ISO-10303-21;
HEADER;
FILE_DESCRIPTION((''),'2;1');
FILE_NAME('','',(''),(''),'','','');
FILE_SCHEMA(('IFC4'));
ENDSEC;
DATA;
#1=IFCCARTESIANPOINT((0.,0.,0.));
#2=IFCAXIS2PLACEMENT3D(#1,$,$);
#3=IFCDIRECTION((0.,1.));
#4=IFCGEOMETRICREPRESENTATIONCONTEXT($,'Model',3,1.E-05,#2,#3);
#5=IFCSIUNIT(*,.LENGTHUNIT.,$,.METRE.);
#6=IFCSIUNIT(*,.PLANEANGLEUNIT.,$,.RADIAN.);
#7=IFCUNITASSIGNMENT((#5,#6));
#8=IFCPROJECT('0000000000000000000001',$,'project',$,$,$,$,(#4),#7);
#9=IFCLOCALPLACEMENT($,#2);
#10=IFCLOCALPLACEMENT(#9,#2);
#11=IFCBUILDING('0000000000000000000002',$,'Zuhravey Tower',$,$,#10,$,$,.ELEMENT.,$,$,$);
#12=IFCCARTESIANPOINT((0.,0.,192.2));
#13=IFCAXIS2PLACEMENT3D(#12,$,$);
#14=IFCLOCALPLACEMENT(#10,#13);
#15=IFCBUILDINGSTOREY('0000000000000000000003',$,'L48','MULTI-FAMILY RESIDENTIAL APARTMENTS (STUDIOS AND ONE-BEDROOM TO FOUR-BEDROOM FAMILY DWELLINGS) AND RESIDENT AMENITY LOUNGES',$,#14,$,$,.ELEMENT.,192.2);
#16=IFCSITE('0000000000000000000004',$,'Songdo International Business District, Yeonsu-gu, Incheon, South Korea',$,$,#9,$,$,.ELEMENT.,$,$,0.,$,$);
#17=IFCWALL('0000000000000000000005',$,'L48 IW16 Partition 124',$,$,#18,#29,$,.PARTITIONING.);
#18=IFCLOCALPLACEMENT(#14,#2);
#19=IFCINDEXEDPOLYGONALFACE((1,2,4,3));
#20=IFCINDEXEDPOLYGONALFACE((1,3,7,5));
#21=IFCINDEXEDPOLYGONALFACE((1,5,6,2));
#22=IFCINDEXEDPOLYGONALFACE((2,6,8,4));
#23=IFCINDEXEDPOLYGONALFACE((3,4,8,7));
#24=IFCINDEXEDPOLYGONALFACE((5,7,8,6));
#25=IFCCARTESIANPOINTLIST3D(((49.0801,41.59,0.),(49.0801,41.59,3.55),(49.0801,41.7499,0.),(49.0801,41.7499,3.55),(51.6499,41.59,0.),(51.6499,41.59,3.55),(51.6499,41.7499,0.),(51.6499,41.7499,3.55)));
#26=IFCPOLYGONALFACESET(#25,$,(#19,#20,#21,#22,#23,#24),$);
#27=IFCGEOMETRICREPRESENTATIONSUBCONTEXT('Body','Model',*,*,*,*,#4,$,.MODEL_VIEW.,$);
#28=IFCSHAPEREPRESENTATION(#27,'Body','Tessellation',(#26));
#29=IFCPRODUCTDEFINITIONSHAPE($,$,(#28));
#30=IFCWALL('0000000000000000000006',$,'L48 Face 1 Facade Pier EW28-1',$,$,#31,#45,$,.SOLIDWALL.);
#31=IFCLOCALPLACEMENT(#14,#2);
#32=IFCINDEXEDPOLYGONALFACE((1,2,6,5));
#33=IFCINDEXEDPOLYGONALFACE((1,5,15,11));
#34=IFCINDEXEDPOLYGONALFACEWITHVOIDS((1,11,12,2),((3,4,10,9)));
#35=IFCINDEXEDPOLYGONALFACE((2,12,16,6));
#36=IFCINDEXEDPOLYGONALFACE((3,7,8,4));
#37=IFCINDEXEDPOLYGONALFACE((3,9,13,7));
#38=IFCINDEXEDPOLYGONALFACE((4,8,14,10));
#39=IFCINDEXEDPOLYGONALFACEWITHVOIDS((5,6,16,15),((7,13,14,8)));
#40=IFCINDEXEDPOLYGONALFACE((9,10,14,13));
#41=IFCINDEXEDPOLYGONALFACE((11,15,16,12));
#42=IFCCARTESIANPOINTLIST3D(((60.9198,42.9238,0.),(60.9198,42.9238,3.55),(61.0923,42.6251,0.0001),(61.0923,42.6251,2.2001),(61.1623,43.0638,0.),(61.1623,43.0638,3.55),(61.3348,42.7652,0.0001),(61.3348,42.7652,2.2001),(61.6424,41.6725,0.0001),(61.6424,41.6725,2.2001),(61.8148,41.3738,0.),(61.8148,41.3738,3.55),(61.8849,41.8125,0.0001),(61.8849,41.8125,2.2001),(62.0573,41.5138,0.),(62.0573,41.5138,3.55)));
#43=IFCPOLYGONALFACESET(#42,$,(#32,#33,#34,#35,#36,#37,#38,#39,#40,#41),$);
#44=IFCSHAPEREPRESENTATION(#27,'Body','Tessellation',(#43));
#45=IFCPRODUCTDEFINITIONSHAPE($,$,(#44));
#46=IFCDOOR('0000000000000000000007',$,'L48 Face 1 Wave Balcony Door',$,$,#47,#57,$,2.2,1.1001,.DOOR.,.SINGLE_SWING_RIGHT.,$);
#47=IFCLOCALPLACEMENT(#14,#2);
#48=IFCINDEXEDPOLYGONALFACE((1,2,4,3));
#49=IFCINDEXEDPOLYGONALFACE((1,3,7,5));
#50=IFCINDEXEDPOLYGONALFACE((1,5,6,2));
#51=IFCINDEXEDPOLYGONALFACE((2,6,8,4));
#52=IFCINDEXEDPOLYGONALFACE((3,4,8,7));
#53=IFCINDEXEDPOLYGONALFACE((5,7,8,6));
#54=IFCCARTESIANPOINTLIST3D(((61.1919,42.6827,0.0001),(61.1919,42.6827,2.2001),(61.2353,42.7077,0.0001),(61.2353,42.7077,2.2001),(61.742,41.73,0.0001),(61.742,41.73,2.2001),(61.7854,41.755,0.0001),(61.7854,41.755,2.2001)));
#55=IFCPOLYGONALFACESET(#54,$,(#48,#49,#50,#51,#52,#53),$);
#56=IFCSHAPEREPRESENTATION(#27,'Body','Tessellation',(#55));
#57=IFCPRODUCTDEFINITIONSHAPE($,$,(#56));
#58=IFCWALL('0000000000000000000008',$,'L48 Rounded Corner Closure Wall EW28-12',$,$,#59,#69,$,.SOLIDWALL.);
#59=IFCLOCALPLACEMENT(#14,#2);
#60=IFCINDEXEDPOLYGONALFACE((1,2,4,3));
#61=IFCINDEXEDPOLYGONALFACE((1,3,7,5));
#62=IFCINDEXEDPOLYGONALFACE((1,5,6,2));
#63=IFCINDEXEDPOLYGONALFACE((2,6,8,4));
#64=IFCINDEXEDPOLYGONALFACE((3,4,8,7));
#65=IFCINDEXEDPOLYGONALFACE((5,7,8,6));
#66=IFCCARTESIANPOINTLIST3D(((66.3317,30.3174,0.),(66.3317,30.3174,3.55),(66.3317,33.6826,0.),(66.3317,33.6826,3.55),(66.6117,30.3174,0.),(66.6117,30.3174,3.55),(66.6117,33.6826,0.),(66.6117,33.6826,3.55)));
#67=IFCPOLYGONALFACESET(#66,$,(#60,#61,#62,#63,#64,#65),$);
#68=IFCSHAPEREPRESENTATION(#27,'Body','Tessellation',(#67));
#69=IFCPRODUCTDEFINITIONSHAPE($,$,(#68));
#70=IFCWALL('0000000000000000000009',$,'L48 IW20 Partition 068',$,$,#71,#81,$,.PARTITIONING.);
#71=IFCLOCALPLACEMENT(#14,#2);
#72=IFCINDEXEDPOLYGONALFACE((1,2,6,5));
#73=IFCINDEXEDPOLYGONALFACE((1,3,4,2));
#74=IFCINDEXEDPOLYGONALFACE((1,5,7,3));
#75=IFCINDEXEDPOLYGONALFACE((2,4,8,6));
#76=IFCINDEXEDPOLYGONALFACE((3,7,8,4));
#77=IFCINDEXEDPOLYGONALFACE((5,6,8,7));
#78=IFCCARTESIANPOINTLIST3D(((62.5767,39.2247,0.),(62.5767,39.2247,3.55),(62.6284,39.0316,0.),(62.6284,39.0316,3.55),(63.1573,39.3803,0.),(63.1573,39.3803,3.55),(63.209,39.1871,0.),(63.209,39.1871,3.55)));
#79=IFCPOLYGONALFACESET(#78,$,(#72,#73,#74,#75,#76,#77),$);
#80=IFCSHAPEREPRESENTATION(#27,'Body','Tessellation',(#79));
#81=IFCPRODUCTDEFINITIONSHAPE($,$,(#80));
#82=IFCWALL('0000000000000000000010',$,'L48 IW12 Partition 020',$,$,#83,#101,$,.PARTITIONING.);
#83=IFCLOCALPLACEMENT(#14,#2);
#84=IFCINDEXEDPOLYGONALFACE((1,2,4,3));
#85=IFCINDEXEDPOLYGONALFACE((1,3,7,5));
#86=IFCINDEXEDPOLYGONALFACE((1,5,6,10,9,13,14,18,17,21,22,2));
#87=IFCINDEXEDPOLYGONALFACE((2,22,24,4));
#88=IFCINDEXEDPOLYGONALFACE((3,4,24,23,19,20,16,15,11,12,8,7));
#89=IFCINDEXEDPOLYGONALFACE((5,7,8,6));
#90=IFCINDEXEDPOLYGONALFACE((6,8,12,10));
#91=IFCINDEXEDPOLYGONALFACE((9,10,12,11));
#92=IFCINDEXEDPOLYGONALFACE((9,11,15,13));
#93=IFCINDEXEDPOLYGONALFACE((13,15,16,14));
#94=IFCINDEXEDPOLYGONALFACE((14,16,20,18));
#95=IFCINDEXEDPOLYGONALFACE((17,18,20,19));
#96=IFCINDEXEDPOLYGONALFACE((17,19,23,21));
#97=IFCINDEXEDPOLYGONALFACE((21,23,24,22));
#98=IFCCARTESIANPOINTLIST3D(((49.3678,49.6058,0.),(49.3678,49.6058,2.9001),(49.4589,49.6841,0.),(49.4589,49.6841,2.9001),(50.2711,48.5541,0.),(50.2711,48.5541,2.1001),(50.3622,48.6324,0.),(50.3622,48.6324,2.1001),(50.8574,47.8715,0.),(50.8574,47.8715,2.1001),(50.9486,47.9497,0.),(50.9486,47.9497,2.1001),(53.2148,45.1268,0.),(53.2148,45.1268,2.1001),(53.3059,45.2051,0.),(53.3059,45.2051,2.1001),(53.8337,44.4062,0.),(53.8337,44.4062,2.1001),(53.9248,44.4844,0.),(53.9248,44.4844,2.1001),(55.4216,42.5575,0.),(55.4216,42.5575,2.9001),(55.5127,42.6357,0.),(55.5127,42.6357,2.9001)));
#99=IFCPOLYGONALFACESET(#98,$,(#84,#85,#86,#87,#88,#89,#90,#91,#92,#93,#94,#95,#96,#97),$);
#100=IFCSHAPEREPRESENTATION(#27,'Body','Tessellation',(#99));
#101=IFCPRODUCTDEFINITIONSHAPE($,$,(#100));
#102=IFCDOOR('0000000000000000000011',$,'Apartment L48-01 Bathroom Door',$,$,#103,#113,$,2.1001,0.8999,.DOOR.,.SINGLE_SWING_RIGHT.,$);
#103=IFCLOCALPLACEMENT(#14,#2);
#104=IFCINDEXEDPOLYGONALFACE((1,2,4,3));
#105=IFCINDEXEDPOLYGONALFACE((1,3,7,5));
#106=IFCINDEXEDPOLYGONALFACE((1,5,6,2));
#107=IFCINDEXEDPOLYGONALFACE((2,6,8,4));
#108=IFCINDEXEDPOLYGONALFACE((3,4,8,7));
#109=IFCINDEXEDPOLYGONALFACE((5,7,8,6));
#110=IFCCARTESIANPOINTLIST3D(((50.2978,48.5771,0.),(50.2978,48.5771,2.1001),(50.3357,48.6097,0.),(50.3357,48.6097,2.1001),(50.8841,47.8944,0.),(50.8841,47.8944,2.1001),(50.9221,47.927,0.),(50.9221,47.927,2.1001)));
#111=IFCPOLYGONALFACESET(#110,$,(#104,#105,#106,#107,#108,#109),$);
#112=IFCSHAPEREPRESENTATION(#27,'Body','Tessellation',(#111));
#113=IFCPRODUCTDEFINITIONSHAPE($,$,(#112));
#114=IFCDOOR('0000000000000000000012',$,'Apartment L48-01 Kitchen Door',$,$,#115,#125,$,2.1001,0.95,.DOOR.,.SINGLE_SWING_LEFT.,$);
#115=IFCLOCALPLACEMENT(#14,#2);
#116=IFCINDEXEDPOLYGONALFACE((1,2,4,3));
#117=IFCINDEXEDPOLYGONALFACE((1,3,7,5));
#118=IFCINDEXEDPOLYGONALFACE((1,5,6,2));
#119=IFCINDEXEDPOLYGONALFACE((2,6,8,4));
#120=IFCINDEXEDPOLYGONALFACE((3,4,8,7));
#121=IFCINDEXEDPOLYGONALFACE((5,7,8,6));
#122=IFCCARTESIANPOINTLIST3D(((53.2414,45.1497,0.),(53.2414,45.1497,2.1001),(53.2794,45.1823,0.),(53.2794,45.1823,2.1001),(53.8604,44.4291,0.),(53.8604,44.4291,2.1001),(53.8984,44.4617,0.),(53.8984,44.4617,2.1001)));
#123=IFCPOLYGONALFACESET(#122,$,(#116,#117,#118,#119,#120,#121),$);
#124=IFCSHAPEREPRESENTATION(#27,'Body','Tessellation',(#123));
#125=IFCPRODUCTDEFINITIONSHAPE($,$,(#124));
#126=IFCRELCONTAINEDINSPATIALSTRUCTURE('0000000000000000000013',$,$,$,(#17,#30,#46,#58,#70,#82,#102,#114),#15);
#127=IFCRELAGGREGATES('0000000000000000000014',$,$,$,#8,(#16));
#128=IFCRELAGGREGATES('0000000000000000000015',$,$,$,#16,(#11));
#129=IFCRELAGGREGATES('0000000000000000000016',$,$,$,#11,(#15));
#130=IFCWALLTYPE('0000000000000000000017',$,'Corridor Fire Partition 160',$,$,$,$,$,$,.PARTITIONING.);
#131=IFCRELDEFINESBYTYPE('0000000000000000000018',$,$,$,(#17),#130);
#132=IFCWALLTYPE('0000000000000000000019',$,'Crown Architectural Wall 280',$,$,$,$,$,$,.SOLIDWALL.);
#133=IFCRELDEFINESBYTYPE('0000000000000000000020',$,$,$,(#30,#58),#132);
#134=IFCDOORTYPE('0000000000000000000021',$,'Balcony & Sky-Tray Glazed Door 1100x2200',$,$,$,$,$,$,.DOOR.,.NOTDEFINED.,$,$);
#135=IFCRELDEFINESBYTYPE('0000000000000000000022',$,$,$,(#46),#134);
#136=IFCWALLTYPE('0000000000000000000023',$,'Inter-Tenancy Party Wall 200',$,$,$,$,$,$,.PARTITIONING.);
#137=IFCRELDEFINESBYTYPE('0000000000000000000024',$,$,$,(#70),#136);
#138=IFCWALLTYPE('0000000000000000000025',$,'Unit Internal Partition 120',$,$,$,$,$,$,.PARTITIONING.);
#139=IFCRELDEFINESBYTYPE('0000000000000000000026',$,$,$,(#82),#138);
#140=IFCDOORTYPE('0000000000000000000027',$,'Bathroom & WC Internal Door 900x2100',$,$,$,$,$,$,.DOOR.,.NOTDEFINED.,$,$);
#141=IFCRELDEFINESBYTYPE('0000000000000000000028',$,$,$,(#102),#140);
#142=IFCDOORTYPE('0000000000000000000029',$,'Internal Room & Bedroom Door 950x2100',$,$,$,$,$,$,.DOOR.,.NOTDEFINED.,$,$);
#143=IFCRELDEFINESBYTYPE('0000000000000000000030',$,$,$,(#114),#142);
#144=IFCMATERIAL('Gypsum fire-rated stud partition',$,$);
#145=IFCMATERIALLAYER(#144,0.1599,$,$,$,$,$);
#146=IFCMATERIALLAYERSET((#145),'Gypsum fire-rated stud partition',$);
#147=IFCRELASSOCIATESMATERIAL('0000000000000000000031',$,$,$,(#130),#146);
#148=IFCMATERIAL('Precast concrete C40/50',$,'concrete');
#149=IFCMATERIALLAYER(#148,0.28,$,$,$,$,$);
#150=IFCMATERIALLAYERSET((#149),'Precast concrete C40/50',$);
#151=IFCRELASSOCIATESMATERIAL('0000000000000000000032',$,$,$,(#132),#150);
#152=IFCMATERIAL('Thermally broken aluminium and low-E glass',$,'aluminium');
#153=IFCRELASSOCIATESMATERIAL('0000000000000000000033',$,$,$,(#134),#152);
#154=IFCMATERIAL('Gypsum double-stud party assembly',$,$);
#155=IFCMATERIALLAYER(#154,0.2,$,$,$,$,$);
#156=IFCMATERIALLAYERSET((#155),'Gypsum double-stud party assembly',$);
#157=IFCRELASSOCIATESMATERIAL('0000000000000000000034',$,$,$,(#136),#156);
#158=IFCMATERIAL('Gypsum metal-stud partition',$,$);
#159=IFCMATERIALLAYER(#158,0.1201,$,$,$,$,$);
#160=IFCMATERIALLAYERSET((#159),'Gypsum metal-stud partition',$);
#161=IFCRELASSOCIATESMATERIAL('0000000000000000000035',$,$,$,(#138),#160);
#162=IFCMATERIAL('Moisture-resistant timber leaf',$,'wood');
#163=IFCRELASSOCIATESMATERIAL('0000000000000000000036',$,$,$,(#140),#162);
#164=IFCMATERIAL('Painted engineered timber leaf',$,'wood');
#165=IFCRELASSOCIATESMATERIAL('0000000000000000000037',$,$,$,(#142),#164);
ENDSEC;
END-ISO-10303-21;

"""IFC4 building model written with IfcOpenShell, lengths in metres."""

from ifc_helpers import new_model, si_unit, direction, frame, frame_2d, origin, place, context, subcontext, project, spatial, rectangle, extrude, material, layer, layer_set, type_object, element, fill, save


model = new_model("IFC4")

# Units and contexts
model_context = context("Model", 3, precision=1e-05, world=origin(), true_north=direction((0.0, 1.0)))
body_context = subcontext(model_context, "Body", "Model", "MODEL_VIEW")
ifc_project = project(units=[si_unit("LENGTHUNIT", "METRE"), si_unit("PLANEANGLEUNIT", "RADIAN")], contexts=[model_context])

# Site, building, storey
site_placement = place(None, origin())
site = spatial("IfcSite", under=ifc_project, at=site_placement, Name="Songdo International Business District, Yeonsu-gu, Incheon, South Korea", CompositionType="ELEMENT", RefElevation=0.0)
building_placement = place(site_placement, origin())
building = spatial("IfcBuilding", under=site, at=building_placement, Name="Zuhravey Tower", CompositionType="ELEMENT")
storey_placement = place(building_placement, frame((0.0, 0.0, 192.2)))
storey = spatial("IfcBuildingStorey", under=building, at=storey_placement, Name="L48", Description="MULTI-FAMILY RESIDENTIAL APARTMENTS (STUDIOS AND ONE-BEDROOM TO FOUR-BEDROOM FAMILY DWELLINGS) AND RESIDENT AMENITY LOUNGES", CompositionType="ELEMENT", Elevation=192.2)

# Wall
ifc_material_1 = material(Name="Gypsum fire-rated stud partition")
ifc_layer_1 = layer(ifc_material_1, 0.1599)
ifc_layer_set_1 = layer_set([ifc_layer_1], Name="Gypsum fire-rated stud partition")
wall_type_1 = type_object("IfcWallType", Name="Corridor Fire Partition 160", PredefinedType="PARTITIONING", material=ifc_layer_set_1)
wall_1_placement = place(storey_placement, frame((49.0801, 41.6699, 0.0), z_axis=(0.0, 0.0, 1.0), x_axis=(1.0, 0.0, 0.0)))
element("IfcWall", 1, at=wall_1_placement, inside=storey, type_object=wall_type_1, Name="L48 IW16 Partition 124", PredefinedType="PARTITIONING", context=body_context, shape_type="SweptSolid", body=[
    extrude(rectangle(XDim=2.5698, YDim=0.1599, at=frame_2d((1.2849, 0.0))), origin(), (0.0, 0.0, 1.0), 3.55),
])

# Wall, opening, door
ifc_material_2 = material(Name="Precast concrete C40/50", Category="concrete")
ifc_layer_2 = layer(ifc_material_2, 0.28)
ifc_layer_set_2 = layer_set([ifc_layer_2], Name="Precast concrete C40/50")
wall_type_2 = type_object("IfcWallType", Name="Crown Architectural Wall 280", PredefinedType="SOLIDWALL", material=ifc_layer_set_2)
wall_2_placement = place(storey_placement, frame((61.041, 42.9939, 0.0), z_axis=(0.0, 0.0, 1.0), x_axis=(0.500041, -0.866002, 0.0)))
wall_2 = element("IfcWall", 2, at=wall_2_placement, inside=storey, type_object=wall_type_2, Name="L48 Face 1 Facade Pier EW28-1", PredefinedType="SOLIDWALL", context=body_context, shape_type="SweptSolid", body=[
    extrude(rectangle(XDim=1.7898, YDim=0.28, at=frame_2d((0.895, 0.0))), origin(), (0.0, 0.0, 1.0), 3.55),
])
opening_1_placement = place(wall_2_placement, frame((0.345, 0.0, 0.0)))
opening_1 = element("IfcOpeningElement", 3, at=opening_1_placement, cuts=wall_2, PredefinedType="OPENING", context=body_context, shape_type="SweptSolid", body=[
    extrude(rectangle(XDim=1.1001, YDim=2.2, at=frame_2d((0.55, 1.1001))), frame((0.0, 0.1521, 0.0), z_axis=(0.0, -1.0, 0.0), x_axis=(1.0, 0.0, 0.0)), (0.0, 0.0, 1.0), 0.304),
])
ifc_material_3 = material(Name="Thermally broken aluminium and low-E glass", Category="aluminium")
door_type_1 = type_object("IfcDoorType", Name="Balcony & Sky-Tray Glazed Door 1100x2200", OperationType="NOTDEFINED", PredefinedType="DOOR", material=ifc_material_3)
door_1_placement = place(opening_1_placement, frame((1.1001, 0.0, 0.0), z_axis=(0.0, 0.0, 1.0), x_axis=(-1.0, 0.0, 0.0)))
door_1 = element("IfcDoor", 4, at=door_1_placement, inside=storey, type_object=door_type_1, Name="L48 Face 1 Wave Balcony Door", OperationType="SINGLE_SWING_RIGHT", OverallHeight=2.2, OverallWidth=1.1001, PredefinedType="DOOR", context=body_context, shape_type="SweptSolid", body=[
    extrude(rectangle(XDim=1.1001, YDim=2.2, at=frame_2d((0.55, 1.1001))), frame((0.0, 0.0249, 0.0), z_axis=(0.0, -1.0, 0.0), x_axis=(1.0, 0.0, 0.0)), (0.0, 0.0, 1.0), 0.05),
])
fill(opening_1, door_1)

# Walls
wall_3_placement = place(storey_placement, frame((66.4717, 33.6826, 0.0), z_axis=(0.0, 0.0, 1.0), x_axis=(0.0, -1.0, 0.0)))
element("IfcWall", 5, at=wall_3_placement, inside=storey, type_object=wall_type_2, Name="L48 Rounded Corner Closure Wall EW28-12", PredefinedType="SOLIDWALL", context=body_context, shape_type="SweptSolid", body=[
    extrude(rectangle(XDim=3.3652, YDim=0.28, at=frame_2d((1.6826, 0.0))), origin(), (0.0, 0.0, 1.0), 3.55),
])
ifc_material_4 = material(Name="Gypsum double-stud party assembly")
ifc_layer_3 = layer(ifc_material_4, 0.2)
ifc_layer_set_3 = layer_set([ifc_layer_3], Name="Gypsum double-stud party assembly")
wall_type_3 = type_object("IfcWallType", Name="Inter-Tenancy Party Wall 200", PredefinedType="PARTITIONING", material=ifc_layer_set_3)
wall_4_placement = place(storey_placement, frame((62.6025, 39.1282, 0.0), z_axis=(0.0, 0.0, 1.0), x_axis=(0.965944, 0.25875, 0.0)))
element("IfcWall", 6, at=wall_4_placement, inside=storey, type_object=wall_type_3, Name="L48 IW20 Partition 068", PredefinedType="PARTITIONING", context=body_context, shape_type="SweptSolid", body=[
    extrude(rectangle(XDim=0.6011, YDim=0.2, at=frame_2d((0.3005, 0.0))), origin(), (0.0, 0.0, 1.0), 3.55),
])

# Wall, openings, doors
ifc_material_5 = material(Name="Gypsum metal-stud partition")
ifc_layer_4 = layer(ifc_material_5, 0.1201)
ifc_layer_set_4 = layer_set([ifc_layer_4], Name="Gypsum metal-stud partition")
wall_type_4 = type_object("IfcWallType", Name="Unit Internal Partition 120", PredefinedType="PARTITIONING", material=ifc_layer_set_4)
wall_5_placement = place(storey_placement, frame((55.467, 42.5967, 0.0), z_axis=(0.0, 0.0, 1.0), x_axis=(-0.651553, 0.758603, 0.0)))
wall_5 = element("IfcWall", 7, at=wall_5_placement, inside=storey, type_object=wall_type_4, Name="L48 IW12 Partition 020", PredefinedType="PARTITIONING", context=body_context, shape_type="SweptSolid", body=[
    extrude(rectangle(XDim=9.2913, YDim=0.1201, at=frame_2d((4.6455, 0.0))), origin(), (0.0, 0.0, 1.0), 2.9001),
])
opening_2_placement = place(wall_5_placement, frame((2.4368, 0.0, 0.0)))
opening_2 = element("IfcOpeningElement", 8, at=opening_2_placement, cuts=wall_5, PredefinedType="OPENING", context=body_context, shape_type="SweptSolid", body=[
    extrude(rectangle(XDim=0.95, YDim=2.1001, at=frame_2d((0.4751, 1.05))), frame((0.0, 0.072, 0.0), z_axis=(0.0, -1.0, 0.0), x_axis=(1.0, 0.0, 0.0)), (0.0, 0.0, 1.0), 0.144),
])
opening_3_placement = place(wall_5_placement, frame((7.0049, 0.0, 0.0)))
opening_3 = element("IfcOpeningElement", 9, at=opening_3_placement, cuts=wall_5, PredefinedType="OPENING", context=body_context, shape_type="SweptSolid", body=[
    extrude(rectangle(XDim=0.8999, YDim=2.1001, at=frame_2d((0.45, 1.05))), frame((0.0, 0.072, 0.0), z_axis=(0.0, -1.0, 0.0), x_axis=(1.0, 0.0, 0.0)), (0.0, 0.0, 1.0), 0.144),
])
ifc_material_6 = material(Name="Moisture-resistant timber leaf", Category="wood")
door_type_2 = type_object("IfcDoorType", Name="Bathroom & WC Internal Door 900x2100", OperationType="NOTDEFINED", PredefinedType="DOOR", material=ifc_material_6)
door_2_placement = place(opening_3_placement, origin())
door_2 = element("IfcDoor", 10, at=door_2_placement, inside=storey, type_object=door_type_2, Name="Apartment L48-01 Bathroom Door", OperationType="SINGLE_SWING_RIGHT", OverallHeight=2.1001, OverallWidth=0.8999, PredefinedType="DOOR", context=body_context, shape_type="SweptSolid", body=[
    extrude(rectangle(XDim=0.8999, YDim=2.1001, at=frame_2d((0.45, 1.05))), frame((0.0, 0.0249, 0.0), z_axis=(0.0, -1.0, 0.0), x_axis=(1.0, 0.0, 0.0)), (0.0, 0.0, 1.0), 0.05),
])
fill(opening_3, door_2)
ifc_material_7 = material(Name="Painted engineered timber leaf", Category="wood")
door_type_3 = type_object("IfcDoorType", Name="Internal Room & Bedroom Door 950x2100", OperationType="NOTDEFINED", PredefinedType="DOOR", material=ifc_material_7)
door_3_placement = place(opening_2_placement, origin())
door_3 = element("IfcDoor", 11, at=door_3_placement, inside=storey, type_object=door_type_3, Name="Apartment L48-01 Kitchen Door", OperationType="SINGLE_SWING_LEFT", OverallHeight=2.1001, OverallWidth=0.95, PredefinedType="DOOR", context=body_context, shape_type="SweptSolid", body=[
    extrude(rectangle(XDim=0.95, YDim=2.1001, at=frame_2d((0.4751, 1.05))), frame((0.0, 0.0249, 0.0), z_axis=(0.0, -1.0, 0.0), x_axis=(1.0, 0.0, 0.0)), (0.0, 0.0, 1.0), 0.05),
])
fill(opening_2, door_3)

save(model, "model.ifc")
